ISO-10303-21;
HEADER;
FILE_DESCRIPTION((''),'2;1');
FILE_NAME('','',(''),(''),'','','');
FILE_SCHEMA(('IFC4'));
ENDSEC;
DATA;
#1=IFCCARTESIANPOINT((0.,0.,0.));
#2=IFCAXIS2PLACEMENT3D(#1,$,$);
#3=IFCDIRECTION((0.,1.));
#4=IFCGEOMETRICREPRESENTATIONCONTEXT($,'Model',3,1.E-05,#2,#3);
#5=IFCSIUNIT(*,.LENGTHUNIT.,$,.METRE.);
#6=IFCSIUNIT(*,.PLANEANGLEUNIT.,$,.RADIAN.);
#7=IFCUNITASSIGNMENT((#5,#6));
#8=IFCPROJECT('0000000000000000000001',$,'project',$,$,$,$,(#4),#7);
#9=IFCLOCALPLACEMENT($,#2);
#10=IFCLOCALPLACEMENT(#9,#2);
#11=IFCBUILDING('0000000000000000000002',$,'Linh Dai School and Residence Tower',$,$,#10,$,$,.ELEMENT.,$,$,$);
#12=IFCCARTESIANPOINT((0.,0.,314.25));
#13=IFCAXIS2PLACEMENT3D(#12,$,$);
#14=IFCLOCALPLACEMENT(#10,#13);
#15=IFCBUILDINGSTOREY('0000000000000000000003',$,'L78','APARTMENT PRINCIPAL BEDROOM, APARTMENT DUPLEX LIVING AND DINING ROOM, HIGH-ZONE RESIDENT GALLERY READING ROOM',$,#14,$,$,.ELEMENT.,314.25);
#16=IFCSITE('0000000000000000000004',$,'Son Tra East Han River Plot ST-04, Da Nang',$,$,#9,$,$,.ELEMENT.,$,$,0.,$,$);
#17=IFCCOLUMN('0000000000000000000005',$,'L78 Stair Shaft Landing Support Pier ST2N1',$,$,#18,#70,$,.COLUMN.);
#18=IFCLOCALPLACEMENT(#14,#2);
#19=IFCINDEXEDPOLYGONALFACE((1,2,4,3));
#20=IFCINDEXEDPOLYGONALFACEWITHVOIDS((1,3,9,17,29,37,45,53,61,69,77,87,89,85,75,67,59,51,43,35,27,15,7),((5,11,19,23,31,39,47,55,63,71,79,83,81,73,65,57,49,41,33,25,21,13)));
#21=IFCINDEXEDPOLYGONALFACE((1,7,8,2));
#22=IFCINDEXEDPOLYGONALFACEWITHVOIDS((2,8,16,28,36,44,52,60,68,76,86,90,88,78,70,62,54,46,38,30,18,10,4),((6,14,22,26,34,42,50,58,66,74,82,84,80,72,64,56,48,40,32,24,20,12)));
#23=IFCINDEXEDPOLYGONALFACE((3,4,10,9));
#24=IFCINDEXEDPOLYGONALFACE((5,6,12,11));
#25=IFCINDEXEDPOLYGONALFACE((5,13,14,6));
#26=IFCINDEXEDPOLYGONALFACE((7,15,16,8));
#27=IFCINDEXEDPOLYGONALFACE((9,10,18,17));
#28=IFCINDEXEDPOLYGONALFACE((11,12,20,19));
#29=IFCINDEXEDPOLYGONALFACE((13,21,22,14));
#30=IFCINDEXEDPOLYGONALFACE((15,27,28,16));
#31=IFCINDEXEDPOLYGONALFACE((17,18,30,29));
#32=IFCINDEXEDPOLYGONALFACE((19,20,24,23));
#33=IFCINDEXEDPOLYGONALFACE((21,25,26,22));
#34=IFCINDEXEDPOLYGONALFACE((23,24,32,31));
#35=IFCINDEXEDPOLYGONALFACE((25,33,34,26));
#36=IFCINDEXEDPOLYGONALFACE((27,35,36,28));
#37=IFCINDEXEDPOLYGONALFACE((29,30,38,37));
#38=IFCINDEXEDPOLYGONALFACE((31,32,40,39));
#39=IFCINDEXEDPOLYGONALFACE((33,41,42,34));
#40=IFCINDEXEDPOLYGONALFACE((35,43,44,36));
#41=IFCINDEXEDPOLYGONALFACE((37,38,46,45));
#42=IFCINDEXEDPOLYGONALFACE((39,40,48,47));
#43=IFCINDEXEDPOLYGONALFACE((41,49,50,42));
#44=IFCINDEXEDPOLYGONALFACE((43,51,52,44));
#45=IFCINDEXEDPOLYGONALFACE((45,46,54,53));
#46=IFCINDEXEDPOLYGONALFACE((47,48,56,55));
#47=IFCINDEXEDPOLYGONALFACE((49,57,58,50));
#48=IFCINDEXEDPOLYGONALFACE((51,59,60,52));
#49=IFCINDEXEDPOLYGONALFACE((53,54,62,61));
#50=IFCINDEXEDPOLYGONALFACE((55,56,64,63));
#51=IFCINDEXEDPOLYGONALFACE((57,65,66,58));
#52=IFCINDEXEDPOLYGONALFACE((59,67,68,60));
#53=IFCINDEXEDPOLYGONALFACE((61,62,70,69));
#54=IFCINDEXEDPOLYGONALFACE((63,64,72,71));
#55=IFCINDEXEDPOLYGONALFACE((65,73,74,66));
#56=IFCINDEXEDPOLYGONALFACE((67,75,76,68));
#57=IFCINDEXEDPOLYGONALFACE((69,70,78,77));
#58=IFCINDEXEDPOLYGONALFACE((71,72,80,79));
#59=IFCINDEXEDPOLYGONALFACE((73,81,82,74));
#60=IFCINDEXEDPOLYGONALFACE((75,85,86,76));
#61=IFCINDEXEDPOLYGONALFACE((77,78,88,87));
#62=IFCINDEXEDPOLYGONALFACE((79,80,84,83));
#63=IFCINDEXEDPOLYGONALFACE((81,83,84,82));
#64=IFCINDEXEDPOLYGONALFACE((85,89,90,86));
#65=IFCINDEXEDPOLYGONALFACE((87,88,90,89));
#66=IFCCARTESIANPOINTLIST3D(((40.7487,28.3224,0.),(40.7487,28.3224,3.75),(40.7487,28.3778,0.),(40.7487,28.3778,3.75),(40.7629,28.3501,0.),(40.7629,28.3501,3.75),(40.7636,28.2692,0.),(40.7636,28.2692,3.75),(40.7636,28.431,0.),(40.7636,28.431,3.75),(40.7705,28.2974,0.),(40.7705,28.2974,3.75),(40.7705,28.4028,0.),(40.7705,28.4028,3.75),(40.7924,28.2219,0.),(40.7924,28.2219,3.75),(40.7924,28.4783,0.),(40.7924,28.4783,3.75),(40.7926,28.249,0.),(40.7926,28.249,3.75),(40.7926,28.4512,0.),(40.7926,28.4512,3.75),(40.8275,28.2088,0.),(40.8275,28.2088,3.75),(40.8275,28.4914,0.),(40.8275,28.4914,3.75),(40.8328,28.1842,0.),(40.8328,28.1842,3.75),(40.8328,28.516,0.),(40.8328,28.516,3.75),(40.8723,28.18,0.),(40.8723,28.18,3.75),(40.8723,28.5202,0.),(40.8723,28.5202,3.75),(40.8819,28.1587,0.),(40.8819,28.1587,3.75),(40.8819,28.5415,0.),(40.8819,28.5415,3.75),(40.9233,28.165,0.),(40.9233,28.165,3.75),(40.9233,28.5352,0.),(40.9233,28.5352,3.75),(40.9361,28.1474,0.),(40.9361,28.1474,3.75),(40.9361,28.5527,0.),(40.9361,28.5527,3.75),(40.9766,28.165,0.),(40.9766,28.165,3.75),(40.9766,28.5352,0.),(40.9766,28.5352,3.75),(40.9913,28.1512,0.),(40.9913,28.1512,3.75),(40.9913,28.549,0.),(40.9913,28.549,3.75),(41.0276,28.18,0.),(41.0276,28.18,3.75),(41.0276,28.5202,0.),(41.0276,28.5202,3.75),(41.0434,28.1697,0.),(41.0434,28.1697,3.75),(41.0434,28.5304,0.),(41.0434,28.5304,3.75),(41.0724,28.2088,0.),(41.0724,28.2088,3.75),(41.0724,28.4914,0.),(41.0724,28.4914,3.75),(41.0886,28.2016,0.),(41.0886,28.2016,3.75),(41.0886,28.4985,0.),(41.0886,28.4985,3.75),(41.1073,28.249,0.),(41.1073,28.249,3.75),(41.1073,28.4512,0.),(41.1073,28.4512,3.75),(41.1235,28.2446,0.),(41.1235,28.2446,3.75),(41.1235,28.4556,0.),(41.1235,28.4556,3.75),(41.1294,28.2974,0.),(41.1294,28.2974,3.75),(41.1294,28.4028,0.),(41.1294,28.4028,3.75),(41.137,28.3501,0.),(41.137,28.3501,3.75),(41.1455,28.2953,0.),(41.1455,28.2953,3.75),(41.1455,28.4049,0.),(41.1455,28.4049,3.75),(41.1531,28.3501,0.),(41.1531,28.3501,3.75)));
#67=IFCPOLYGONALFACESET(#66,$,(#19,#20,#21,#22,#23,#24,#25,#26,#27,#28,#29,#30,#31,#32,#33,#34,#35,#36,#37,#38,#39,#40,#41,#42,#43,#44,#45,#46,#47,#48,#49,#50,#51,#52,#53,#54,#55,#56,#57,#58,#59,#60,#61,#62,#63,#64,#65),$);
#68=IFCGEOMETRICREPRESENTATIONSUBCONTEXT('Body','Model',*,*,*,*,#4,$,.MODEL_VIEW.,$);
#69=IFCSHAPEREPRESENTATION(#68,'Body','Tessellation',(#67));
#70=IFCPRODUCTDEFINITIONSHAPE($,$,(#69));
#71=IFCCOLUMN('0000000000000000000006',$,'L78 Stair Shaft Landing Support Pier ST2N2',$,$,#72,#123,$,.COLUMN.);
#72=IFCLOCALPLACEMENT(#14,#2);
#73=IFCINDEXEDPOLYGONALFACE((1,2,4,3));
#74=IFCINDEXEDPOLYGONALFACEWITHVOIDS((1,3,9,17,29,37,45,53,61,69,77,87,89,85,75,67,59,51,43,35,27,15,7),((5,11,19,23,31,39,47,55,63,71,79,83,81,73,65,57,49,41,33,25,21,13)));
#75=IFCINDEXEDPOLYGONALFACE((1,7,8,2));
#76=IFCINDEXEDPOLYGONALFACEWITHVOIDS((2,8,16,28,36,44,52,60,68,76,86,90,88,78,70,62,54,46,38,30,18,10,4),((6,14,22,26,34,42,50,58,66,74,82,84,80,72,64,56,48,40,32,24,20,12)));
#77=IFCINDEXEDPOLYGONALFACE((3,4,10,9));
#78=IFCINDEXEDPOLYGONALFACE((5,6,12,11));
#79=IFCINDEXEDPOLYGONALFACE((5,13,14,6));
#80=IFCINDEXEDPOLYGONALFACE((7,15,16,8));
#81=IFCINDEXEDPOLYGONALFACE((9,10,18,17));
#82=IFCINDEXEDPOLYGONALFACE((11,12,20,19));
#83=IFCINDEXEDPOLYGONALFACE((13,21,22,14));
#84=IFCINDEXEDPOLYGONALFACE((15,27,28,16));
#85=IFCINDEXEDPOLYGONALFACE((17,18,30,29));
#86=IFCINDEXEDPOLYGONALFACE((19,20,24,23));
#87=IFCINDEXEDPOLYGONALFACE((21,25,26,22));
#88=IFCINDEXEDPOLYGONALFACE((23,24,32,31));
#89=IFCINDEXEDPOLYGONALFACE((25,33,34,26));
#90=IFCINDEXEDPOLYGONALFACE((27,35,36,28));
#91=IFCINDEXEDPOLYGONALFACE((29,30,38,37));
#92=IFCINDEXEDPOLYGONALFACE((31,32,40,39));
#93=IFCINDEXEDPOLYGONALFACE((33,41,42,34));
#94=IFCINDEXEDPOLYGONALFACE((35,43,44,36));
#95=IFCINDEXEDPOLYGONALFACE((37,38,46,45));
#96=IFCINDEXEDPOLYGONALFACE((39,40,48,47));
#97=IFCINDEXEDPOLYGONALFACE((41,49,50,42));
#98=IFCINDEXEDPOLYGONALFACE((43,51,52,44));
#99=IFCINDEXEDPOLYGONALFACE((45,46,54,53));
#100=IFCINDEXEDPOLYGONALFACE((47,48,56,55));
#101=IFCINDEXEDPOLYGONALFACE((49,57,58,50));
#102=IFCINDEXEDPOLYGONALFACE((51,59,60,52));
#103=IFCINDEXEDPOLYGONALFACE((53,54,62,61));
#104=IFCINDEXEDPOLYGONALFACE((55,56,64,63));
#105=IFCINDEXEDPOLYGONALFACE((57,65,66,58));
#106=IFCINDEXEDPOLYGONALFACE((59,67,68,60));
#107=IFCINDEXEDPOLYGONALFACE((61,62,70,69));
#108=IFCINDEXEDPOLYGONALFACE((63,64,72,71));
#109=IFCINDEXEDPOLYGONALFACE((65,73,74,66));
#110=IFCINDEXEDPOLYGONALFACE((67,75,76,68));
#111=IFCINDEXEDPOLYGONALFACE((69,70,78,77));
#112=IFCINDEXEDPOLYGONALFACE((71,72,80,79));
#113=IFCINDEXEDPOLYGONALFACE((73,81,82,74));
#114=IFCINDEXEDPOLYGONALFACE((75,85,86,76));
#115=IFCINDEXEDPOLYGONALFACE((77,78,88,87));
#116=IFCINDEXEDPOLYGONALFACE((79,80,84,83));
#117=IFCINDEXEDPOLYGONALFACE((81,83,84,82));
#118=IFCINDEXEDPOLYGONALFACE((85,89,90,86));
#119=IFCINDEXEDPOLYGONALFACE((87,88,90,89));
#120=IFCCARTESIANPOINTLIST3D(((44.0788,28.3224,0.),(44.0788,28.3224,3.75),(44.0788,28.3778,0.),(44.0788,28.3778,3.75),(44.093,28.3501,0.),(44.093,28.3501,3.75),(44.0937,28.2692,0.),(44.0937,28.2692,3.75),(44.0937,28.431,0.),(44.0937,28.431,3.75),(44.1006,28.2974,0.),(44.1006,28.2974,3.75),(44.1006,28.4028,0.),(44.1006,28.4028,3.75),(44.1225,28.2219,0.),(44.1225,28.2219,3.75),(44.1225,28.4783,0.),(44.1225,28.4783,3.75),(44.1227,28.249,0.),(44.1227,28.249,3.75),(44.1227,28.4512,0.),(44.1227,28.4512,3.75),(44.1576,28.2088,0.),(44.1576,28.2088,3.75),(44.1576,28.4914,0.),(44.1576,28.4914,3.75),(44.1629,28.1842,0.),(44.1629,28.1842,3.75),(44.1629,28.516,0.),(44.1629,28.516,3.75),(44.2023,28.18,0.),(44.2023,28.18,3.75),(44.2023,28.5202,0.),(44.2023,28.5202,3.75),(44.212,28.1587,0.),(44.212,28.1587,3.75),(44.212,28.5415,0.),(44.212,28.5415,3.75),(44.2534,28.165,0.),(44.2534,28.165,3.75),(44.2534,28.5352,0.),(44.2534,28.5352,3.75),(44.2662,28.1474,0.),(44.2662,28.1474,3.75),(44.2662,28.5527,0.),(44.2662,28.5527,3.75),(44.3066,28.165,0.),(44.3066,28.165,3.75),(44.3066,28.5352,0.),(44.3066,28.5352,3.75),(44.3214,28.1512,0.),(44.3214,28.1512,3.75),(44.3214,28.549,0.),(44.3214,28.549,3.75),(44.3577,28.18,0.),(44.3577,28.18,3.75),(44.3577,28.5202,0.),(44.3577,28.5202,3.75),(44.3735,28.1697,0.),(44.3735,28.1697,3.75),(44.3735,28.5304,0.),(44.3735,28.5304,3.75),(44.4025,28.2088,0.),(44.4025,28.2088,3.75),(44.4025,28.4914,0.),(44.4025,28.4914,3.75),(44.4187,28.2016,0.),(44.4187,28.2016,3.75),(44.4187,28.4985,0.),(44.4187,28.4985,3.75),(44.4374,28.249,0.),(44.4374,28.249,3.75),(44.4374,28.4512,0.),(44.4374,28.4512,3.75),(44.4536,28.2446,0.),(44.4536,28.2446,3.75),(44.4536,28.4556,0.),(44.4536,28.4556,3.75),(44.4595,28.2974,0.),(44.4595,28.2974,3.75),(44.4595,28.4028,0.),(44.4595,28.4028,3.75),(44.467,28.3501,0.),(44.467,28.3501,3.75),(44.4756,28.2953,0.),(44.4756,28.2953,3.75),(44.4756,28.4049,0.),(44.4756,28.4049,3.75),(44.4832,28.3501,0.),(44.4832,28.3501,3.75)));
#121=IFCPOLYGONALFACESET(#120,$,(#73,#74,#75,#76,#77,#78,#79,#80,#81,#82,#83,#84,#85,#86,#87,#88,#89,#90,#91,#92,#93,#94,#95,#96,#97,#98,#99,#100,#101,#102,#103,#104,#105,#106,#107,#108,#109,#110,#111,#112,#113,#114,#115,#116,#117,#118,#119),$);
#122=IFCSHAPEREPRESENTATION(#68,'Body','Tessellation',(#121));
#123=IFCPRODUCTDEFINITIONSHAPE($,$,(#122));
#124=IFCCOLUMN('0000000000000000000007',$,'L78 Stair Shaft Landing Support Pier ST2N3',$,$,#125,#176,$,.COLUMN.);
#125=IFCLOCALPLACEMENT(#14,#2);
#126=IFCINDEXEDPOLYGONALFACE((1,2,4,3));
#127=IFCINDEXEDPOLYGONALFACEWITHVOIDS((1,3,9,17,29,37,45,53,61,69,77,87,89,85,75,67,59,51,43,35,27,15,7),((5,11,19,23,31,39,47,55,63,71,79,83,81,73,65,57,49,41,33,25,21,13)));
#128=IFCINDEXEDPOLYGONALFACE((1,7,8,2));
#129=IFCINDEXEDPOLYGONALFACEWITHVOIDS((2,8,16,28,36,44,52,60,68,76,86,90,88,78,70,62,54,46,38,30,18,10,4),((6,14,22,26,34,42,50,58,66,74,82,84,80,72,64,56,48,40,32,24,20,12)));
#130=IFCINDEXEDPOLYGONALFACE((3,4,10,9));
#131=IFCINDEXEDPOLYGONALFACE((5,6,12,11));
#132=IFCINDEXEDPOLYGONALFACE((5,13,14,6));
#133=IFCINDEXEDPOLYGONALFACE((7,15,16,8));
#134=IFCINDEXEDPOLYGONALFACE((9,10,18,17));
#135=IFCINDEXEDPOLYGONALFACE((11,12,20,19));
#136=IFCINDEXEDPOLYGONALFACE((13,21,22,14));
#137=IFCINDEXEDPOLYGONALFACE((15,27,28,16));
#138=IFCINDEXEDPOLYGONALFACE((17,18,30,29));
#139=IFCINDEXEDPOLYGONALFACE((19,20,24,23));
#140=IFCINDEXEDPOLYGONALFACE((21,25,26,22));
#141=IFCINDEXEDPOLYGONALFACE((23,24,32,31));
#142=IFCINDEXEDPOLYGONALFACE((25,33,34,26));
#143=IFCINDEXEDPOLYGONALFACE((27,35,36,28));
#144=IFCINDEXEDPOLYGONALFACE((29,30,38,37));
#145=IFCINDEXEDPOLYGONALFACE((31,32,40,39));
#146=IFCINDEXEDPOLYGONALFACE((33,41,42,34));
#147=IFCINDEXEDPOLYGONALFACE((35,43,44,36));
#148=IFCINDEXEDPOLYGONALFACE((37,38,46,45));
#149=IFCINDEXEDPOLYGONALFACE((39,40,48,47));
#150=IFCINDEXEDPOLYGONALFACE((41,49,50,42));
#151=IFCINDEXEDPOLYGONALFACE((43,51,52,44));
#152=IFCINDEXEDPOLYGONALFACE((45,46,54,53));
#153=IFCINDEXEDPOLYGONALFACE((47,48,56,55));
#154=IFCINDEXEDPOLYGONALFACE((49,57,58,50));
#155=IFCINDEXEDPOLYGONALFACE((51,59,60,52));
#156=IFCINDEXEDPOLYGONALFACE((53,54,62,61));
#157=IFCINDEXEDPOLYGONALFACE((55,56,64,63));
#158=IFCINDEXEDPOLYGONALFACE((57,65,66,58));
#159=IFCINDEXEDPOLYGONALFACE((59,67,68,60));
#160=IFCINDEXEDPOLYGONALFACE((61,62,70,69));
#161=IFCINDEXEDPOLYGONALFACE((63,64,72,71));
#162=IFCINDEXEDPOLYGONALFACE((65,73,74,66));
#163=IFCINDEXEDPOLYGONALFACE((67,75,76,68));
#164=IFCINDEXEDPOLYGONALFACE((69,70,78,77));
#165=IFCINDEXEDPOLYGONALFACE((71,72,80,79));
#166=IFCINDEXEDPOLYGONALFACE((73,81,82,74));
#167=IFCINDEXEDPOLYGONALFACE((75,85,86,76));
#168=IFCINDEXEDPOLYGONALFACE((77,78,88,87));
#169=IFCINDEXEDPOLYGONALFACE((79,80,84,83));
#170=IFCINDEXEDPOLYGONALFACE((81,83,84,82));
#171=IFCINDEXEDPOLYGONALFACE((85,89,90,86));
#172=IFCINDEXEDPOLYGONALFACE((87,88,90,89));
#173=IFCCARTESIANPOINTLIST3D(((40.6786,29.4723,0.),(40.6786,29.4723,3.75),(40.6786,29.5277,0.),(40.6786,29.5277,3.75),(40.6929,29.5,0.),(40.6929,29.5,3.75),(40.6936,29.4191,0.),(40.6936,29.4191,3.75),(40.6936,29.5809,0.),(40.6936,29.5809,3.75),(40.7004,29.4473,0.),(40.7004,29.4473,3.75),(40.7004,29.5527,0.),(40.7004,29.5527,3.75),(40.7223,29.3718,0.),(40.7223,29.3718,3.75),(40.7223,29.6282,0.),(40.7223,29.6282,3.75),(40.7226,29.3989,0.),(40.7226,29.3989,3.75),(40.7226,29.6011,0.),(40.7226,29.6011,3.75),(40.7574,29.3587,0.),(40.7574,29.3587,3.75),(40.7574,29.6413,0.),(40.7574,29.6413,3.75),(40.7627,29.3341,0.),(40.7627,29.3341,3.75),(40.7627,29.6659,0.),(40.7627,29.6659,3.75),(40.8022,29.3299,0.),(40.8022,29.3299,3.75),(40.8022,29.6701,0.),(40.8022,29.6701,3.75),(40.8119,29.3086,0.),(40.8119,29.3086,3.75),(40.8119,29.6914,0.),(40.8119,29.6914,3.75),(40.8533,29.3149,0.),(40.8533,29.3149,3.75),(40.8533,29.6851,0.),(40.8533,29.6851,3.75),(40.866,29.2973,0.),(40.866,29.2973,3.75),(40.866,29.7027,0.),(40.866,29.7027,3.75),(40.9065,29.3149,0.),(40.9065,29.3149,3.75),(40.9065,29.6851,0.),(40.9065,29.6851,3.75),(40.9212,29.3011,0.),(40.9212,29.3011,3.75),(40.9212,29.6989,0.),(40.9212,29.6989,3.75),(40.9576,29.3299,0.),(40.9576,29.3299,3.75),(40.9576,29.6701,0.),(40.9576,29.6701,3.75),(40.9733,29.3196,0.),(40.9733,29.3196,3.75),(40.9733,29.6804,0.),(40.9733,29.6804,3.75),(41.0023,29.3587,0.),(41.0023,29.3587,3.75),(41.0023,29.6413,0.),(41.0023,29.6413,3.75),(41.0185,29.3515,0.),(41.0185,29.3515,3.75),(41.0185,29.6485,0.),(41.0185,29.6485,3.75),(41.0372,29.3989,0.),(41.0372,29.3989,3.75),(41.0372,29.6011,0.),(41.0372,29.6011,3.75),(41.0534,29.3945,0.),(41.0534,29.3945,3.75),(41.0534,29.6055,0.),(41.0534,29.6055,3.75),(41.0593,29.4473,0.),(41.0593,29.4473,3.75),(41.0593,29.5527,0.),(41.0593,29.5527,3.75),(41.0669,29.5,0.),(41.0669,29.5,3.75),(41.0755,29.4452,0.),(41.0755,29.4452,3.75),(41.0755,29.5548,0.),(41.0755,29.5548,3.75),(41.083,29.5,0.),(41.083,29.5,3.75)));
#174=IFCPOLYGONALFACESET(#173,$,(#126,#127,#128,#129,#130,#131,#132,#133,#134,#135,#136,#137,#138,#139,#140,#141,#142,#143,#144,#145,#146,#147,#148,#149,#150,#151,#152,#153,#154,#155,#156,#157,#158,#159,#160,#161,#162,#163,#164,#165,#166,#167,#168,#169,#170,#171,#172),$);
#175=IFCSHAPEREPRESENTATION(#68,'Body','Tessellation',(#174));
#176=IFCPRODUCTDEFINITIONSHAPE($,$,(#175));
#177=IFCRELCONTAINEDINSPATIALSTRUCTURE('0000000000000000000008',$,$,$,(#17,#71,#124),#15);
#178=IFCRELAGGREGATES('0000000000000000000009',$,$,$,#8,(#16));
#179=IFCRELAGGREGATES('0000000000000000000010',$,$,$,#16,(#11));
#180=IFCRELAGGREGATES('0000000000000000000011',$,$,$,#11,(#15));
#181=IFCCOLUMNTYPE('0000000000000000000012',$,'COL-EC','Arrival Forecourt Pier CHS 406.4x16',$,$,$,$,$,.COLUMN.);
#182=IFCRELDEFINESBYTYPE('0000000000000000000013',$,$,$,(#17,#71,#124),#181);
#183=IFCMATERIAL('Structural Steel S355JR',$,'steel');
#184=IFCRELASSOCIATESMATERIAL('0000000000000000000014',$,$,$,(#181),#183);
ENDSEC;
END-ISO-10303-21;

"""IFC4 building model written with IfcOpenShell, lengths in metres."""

from ifc_helpers import new_model, si_unit, direction, frame, origin, origin_2d, place, context, subcontext, project, spatial, hollow_circle, extrude, material, material_profile, profile_set, type_object, element, save


model = new_model("IFC4")

# Units and contexts
model_context = context("Model", 3, precision=1e-05, world=origin(), true_north=direction((0.0, 1.0)))
body_context = subcontext(model_context, "Body", "Model", "MODEL_VIEW")
ifc_project = project(units=[si_unit("LENGTHUNIT", "METRE"), si_unit("PLANEANGLEUNIT", "RADIAN")], contexts=[model_context])

# Site, building, storey
site_placement = place(None, origin())
site = spatial("IfcSite", under=ifc_project, at=site_placement, Name="Son Tra East Han River Plot ST-04, Da Nang", CompositionType="ELEMENT", RefElevation=0.0)
building_placement = place(site_placement, origin())
building = spatial("IfcBuilding", under=site, at=building_placement, Name="Linh Dai School and Residence Tower", CompositionType="ELEMENT")
storey_placement = place(building_placement, frame((0.0, 0.0, 314.25)))
storey = spatial("IfcBuildingStorey", under=building, at=storey_placement, Name="L78", Description="APARTMENT PRINCIPAL BEDROOM, APARTMENT DUPLEX LIVING AND DINING ROOM, HIGH-ZONE RESIDENT GALLERY READING ROOM", CompositionType="ELEMENT", Elevation=314.25)

# Columns
ifc_material_1 = material(Name="Structural Steel S355JR", Category="steel")
ifc_material_profile_1 = material_profile(ifc_material_1, hollow_circle(Radius=0.2031, WallThickness=0.0161, at=origin_2d()), Name="CHS 406.4x16")
ifc_profile_set_1 = profile_set([ifc_material_profile_1], Name="Structural Steel S355JR")
column_type_1 = type_object("IfcColumnType", Name="COL-EC", Description="Arrival Forecourt Pier CHS 406.4x16", PredefinedType="COLUMN", material=ifc_profile_set_1)
for number, where, z_axis, x_axis, name in (
    (1, (40.95, 28.3501, 0.0), (0.0, 0.0, 1.0), (1.0, 0.0, 0.0), "L78 Stair Shaft Landing Support Pier ST2N1"),
    (2, (44.28, 28.3501, 0.0), (0.0, 0.0, 1.0), (1.0, 0.0, 0.0), "L78 Stair Shaft Landing Support Pier ST2N2"),
    (3, (40.8799, 29.5, 0.0), (0.0, 0.0, 1.0), (1.0, 0.0, 0.0), "L78 Stair Shaft Landing Support Pier ST2N3"),
):
    element("IfcColumn", number, at=place(storey_placement, frame(where, z_axis=z_axis, x_axis=x_axis)), inside=storey, type_object=column_type_1, Name=name, PredefinedType="COLUMN", context=body_context, shape_type="SweptSolid", body=[
        extrude(hollow_circle(Radius=0.2031, WallThickness=0.0161, at=origin_2d()), origin(), (0.0, 0.0, 1.0), 3.75),
    ])

save(model, "model.ifc")
